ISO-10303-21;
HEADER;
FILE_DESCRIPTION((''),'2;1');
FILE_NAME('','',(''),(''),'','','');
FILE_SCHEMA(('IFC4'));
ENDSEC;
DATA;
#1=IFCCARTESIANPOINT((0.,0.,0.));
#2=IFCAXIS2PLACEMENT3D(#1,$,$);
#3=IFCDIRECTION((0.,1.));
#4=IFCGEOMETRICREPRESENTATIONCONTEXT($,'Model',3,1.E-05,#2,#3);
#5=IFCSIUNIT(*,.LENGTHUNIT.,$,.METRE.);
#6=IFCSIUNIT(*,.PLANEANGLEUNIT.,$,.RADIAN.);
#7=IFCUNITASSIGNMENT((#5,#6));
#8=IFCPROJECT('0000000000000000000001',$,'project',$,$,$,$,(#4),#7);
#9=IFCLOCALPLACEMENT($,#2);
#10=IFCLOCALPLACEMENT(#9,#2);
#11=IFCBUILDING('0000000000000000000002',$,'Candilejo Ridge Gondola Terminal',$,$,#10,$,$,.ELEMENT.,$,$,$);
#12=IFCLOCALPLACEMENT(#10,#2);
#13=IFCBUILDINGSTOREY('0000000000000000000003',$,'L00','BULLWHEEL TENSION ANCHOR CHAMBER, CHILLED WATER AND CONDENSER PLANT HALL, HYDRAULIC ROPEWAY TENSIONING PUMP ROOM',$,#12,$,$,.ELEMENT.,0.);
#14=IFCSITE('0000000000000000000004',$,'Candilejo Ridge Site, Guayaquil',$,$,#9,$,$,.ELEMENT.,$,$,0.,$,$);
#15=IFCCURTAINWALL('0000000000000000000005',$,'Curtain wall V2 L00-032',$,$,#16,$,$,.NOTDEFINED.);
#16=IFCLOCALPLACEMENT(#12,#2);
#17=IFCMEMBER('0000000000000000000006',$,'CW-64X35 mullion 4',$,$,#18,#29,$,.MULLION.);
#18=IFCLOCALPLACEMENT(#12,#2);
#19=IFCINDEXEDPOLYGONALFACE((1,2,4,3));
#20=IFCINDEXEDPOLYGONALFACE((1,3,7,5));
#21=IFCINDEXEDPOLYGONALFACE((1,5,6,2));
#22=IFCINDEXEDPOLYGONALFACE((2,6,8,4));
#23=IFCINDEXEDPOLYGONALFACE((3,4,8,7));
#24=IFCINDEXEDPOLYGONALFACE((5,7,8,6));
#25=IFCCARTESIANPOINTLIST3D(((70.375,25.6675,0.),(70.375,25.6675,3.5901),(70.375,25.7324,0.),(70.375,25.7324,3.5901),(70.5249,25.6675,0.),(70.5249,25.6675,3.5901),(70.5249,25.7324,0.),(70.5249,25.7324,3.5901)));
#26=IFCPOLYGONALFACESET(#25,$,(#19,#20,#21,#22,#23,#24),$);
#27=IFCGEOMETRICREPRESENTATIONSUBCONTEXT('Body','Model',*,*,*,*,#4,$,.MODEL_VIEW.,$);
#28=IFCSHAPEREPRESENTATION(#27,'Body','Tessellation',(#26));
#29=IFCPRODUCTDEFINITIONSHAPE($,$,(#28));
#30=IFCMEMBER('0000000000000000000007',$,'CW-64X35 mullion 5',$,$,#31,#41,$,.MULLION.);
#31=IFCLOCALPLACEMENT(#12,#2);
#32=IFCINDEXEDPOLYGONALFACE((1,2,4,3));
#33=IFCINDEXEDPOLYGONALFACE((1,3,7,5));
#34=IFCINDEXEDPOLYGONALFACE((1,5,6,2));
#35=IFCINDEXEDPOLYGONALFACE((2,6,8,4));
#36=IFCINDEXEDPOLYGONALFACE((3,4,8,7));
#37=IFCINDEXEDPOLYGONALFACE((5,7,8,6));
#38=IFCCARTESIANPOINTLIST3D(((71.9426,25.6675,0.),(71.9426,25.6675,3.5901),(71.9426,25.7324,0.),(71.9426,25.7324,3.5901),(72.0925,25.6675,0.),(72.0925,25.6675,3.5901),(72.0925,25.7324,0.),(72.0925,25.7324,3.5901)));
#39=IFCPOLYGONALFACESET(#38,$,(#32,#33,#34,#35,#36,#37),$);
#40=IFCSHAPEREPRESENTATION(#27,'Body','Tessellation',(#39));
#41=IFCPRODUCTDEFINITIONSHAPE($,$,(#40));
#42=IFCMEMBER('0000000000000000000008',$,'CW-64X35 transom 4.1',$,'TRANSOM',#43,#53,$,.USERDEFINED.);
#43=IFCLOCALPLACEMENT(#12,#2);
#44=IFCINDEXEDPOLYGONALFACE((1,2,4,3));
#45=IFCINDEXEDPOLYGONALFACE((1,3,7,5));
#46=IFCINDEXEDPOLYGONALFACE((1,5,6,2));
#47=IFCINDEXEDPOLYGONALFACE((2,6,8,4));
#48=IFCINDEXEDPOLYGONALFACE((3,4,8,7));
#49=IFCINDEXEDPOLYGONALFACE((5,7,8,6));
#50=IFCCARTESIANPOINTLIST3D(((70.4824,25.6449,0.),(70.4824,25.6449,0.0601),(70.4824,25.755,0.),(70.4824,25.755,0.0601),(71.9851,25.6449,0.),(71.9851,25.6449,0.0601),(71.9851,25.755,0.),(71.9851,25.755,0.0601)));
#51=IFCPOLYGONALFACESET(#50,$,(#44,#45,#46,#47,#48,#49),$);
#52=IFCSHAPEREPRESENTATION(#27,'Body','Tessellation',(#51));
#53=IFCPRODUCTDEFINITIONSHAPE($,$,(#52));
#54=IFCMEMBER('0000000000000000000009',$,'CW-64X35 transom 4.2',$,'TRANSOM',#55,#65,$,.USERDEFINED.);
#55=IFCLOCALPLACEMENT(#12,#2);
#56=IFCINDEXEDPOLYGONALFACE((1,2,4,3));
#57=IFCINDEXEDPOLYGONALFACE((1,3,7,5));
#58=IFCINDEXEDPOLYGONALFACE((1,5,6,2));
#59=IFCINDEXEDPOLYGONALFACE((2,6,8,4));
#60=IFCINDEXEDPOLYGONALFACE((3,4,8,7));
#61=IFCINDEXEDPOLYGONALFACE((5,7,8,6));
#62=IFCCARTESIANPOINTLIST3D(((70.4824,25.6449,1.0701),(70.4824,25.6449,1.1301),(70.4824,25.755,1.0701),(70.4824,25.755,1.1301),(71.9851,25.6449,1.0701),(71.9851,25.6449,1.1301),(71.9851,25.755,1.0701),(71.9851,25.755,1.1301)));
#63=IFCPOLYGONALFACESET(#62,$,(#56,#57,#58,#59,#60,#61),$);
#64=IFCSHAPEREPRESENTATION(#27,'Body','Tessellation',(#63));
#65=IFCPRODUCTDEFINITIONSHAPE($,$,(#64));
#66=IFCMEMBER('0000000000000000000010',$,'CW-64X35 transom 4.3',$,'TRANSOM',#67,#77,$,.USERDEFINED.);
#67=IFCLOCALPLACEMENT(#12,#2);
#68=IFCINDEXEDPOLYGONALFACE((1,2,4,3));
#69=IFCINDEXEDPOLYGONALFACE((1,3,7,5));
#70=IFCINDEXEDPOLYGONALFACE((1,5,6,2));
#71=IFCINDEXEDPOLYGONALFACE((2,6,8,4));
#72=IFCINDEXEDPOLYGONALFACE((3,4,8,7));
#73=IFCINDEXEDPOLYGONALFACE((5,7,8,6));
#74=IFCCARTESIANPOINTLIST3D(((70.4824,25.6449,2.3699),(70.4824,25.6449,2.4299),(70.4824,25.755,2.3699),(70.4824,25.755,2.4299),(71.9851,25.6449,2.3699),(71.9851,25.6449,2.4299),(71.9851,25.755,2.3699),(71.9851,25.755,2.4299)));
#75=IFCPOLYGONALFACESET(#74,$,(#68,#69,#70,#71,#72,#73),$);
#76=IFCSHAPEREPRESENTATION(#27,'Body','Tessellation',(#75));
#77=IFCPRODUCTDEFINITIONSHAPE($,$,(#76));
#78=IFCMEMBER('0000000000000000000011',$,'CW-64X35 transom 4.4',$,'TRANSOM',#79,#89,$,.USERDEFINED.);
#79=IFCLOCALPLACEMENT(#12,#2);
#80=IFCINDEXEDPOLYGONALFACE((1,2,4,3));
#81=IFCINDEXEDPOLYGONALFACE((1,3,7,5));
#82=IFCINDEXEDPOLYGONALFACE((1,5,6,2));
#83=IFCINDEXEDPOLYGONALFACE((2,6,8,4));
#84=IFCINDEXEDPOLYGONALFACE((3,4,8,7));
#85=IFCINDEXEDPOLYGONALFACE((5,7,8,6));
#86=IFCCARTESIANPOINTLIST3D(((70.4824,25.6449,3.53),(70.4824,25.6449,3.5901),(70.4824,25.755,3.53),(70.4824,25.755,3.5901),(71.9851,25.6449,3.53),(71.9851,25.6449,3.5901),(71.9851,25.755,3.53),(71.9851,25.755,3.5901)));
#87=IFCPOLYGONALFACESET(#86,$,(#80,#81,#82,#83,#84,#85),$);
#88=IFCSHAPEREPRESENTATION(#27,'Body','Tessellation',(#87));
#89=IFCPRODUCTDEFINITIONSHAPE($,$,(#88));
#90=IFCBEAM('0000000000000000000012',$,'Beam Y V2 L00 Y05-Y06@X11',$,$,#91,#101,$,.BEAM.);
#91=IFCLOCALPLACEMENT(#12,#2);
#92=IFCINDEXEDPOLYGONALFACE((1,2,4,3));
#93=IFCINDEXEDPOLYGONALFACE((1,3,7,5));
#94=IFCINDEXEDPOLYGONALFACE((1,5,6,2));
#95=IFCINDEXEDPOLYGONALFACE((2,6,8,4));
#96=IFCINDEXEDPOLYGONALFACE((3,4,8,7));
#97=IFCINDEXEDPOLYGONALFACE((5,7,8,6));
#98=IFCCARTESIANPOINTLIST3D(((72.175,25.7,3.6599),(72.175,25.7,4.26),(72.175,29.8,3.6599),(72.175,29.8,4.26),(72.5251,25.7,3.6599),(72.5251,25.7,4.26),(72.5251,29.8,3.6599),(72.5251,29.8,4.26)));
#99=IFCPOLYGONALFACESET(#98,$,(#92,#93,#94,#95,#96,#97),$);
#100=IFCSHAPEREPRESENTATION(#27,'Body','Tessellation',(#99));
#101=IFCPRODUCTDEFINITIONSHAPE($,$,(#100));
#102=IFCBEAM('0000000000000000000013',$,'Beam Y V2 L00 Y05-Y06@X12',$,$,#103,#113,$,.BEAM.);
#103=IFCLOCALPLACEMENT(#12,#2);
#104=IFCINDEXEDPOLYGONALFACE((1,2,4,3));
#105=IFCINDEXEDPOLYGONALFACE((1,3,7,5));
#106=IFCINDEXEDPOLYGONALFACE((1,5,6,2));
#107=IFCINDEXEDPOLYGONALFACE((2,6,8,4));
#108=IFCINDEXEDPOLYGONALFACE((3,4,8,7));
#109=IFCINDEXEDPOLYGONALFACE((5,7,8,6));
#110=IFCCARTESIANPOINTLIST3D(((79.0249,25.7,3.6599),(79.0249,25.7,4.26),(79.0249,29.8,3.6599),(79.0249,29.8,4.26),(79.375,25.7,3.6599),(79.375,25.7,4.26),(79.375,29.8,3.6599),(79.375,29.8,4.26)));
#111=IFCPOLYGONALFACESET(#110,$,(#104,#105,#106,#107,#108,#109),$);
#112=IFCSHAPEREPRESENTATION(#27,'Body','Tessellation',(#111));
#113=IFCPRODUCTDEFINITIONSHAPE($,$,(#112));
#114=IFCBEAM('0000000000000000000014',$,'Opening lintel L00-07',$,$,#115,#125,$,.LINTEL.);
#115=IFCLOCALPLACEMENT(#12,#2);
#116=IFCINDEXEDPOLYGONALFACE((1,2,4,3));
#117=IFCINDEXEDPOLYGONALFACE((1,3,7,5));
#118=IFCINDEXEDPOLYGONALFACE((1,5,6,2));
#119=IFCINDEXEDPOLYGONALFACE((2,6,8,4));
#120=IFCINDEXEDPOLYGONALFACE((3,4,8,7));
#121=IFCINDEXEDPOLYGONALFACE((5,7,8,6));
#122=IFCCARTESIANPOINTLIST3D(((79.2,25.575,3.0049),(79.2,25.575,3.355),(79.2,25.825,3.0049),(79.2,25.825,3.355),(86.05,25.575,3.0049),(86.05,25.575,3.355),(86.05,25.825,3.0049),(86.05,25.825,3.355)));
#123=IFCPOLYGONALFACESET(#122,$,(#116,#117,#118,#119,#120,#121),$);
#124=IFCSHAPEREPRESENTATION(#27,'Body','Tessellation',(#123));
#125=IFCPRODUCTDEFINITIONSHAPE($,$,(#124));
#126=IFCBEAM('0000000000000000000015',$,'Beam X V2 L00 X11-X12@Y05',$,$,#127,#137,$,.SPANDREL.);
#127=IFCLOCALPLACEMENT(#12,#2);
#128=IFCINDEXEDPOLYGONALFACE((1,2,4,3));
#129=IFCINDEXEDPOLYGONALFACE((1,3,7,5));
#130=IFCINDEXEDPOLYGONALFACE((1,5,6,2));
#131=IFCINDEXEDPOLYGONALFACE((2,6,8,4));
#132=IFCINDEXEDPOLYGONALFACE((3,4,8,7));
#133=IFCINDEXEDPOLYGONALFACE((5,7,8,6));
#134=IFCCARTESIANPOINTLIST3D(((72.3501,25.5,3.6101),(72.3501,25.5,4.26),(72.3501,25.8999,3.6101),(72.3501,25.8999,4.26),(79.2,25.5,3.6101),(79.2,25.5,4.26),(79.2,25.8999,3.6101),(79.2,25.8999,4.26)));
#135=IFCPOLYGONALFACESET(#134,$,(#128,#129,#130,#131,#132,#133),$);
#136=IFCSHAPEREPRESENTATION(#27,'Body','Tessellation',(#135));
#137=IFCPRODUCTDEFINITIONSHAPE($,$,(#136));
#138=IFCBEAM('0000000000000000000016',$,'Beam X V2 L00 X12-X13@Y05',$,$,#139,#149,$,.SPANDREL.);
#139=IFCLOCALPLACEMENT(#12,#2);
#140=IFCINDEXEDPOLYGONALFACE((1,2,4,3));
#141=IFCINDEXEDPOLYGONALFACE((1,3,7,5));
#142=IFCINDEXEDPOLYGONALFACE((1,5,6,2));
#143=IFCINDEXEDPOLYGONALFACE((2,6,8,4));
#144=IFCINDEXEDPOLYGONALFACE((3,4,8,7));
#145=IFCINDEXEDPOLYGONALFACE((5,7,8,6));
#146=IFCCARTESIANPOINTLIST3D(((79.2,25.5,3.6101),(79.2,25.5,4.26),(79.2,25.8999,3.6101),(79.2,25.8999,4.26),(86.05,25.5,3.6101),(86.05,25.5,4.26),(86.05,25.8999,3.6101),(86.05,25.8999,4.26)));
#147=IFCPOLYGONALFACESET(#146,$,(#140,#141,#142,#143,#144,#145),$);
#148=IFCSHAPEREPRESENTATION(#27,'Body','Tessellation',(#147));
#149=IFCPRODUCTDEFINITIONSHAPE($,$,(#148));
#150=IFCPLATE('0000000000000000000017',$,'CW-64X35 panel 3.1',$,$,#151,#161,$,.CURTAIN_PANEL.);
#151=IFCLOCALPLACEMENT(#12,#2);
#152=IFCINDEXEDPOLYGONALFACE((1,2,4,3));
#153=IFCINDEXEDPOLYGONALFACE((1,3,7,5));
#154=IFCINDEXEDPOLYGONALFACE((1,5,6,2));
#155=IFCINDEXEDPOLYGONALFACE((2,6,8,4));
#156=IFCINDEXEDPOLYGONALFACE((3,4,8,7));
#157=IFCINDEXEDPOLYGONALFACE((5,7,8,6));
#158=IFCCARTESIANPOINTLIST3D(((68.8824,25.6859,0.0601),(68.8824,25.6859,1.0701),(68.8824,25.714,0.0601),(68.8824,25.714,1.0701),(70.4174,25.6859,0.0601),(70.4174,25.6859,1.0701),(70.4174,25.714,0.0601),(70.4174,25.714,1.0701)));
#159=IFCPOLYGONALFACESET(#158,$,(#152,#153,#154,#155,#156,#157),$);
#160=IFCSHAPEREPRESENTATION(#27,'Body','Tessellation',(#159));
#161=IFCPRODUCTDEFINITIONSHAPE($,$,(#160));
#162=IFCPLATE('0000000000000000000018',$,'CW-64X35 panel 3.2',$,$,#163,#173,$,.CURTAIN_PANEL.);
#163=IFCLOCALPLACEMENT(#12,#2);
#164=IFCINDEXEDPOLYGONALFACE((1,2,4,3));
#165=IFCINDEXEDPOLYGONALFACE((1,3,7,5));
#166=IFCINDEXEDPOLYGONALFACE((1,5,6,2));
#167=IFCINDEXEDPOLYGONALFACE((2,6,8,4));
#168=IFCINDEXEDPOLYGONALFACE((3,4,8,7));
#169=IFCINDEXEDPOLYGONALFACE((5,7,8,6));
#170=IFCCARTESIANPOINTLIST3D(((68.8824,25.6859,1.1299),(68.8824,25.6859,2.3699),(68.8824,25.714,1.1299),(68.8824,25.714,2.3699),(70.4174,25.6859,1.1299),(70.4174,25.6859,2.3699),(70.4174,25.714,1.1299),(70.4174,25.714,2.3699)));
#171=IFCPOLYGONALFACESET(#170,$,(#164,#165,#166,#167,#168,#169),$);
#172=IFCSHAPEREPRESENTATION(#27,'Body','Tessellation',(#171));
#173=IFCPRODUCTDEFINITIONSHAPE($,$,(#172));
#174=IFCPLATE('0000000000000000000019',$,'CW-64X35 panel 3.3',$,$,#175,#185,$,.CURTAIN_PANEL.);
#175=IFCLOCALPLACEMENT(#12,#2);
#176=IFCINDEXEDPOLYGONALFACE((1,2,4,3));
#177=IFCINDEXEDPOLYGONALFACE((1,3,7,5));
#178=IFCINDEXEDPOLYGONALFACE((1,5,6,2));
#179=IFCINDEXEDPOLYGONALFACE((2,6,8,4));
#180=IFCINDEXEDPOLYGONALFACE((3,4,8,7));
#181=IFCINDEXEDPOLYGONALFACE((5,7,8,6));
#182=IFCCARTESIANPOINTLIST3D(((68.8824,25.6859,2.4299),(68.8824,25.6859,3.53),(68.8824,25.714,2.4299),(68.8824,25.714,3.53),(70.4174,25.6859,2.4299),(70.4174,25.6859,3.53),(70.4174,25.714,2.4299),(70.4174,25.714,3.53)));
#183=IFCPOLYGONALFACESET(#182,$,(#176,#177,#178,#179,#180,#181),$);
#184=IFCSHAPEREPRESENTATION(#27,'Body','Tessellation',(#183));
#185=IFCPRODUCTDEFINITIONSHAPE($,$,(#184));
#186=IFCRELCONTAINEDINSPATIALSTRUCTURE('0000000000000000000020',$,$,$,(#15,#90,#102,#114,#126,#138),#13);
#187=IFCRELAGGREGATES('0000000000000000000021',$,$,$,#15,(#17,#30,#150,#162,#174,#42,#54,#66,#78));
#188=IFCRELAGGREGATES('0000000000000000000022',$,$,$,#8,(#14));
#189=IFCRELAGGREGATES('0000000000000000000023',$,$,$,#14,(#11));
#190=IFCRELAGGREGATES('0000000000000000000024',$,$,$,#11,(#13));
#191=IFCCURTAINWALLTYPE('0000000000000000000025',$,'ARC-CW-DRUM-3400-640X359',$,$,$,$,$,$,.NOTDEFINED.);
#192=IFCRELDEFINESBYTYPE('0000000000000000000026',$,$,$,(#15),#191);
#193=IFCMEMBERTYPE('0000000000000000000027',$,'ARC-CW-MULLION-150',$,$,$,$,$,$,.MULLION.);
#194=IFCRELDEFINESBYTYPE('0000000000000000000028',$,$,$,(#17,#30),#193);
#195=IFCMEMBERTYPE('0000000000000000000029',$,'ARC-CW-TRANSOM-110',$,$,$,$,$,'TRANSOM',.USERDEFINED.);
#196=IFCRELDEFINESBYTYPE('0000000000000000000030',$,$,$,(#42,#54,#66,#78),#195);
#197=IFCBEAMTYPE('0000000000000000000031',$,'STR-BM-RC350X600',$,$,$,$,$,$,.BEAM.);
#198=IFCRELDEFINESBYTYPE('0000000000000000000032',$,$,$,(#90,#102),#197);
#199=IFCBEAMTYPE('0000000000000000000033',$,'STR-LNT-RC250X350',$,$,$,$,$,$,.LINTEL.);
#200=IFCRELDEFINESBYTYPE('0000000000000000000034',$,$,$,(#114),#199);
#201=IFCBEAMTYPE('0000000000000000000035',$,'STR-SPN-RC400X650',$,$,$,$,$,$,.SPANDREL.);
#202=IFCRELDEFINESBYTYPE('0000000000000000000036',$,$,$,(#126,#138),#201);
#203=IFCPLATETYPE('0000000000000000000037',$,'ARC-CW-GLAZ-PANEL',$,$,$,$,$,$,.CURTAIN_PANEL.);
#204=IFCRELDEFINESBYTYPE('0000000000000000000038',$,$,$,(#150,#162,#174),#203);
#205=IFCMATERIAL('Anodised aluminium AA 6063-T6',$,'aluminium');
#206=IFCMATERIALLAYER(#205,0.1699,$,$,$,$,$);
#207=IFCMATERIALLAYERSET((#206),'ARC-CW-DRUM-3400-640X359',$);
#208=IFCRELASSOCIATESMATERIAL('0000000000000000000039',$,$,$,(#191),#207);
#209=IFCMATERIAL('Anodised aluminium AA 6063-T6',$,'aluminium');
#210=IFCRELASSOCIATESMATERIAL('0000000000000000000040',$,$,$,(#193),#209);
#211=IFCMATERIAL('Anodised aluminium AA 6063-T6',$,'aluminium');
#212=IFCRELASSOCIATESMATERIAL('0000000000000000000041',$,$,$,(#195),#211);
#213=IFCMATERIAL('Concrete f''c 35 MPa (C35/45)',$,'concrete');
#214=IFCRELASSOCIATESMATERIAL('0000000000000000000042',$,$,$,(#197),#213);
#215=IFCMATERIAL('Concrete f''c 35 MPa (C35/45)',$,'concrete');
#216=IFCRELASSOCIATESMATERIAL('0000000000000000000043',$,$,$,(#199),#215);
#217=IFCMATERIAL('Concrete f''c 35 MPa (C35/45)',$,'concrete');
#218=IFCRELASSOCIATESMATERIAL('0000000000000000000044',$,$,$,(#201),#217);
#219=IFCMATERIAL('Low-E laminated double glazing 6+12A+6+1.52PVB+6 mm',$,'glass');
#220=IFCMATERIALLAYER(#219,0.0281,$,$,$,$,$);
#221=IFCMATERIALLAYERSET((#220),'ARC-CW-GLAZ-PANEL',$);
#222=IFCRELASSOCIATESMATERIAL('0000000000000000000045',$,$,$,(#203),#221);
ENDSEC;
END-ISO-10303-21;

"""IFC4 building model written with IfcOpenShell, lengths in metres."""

from ifc_helpers import new_model, si_unit, direction, frame, origin, origin_2d, place, context, subcontext, project, spatial, rectangle, extrude, material, layer, layer_set, material_profile, profile_set, type_object, element, aggregate, save


model = new_model("IFC4")

# Units and contexts
model_context = context("Model", 3, precision=1e-05, world=origin(), true_north=direction((0.0, 1.0)))
body_context = subcontext(model_context, "Body", "Model", "MODEL_VIEW")
ifc_project = project(units=[si_unit("LENGTHUNIT", "METRE"), si_unit("PLANEANGLEUNIT", "RADIAN")], contexts=[model_context])

# Site, building, storey
site_placement = place(None, origin())
site = spatial("IfcSite", under=ifc_project, at=site_placement, Name="Candilejo Ridge Site, Guayaquil", CompositionType="ELEMENT", RefElevation=0.0)
building_placement = place(site_placement, origin())
building = spatial("IfcBuilding", under=site, at=building_placement, Name="Candilejo Ridge Gondola Terminal", CompositionType="ELEMENT")
storey_placement = place(building_placement, origin())
storey = spatial("IfcBuildingStorey", under=building, at=storey_placement, Name="L00", Description="BULLWHEEL TENSION ANCHOR CHAMBER, CHILLED WATER AND CONDENSER PLANT HALL, HYDRAULIC ROPEWAY TENSIONING PUMP ROOM", CompositionType="ELEMENT", Elevation=0.0)

# Curtain wall, members
ifc_material_1 = material(Name="Anodised aluminium AA 6063-T6", Category="aluminium")
ifc_layer_1 = layer(ifc_material_1, 0.1699)
ifc_layer_set_1 = layer_set([ifc_layer_1], Name="ARC-CW-DRUM-3400-640X359")
curtain_wall_type = type_object("IfcCurtainWallType", Name="ARC-CW-DRUM-3400-640X359", PredefinedType="NOTDEFINED", material=ifc_layer_set_1)
curtain_wall_placement = place(storey_placement, origin())
curtain_wall = element("IfcCurtainWall", 1, at=curtain_wall_placement, inside=storey, type_object=curtain_wall_type, Name="Curtain wall V2 L00-032", PredefinedType="NOTDEFINED")
ifc_material_2 = material(Name="Anodised aluminium AA 6063-T6", Category="aluminium")
ifc_material_profile_1 = material_profile(ifc_material_2, rectangle(XDim=0.0649, YDim=0.1499, at=origin_2d()))
ifc_profile_set_1 = profile_set([ifc_material_profile_1], Name="Anodised aluminium AA 6063-T6")
member_type_1 = type_object("IfcMemberType", Name="ARC-CW-MULLION-150", PredefinedType="MULLION", material=ifc_profile_set_1)
member_1_placement = place(storey_placement, frame((70.45, 25.7, 0.0), z_axis=(0.0, 0.0, 1.0), x_axis=(0.0, 1.0, 0.0)))
member_1 = element("IfcMember", 2, at=member_1_placement, type_object=member_type_1, Name="CW-64X35 mullion 4", PredefinedType="MULLION", context=body_context, shape_type="SweptSolid", body=[
    extrude(rectangle(XDim=0.0649, YDim=0.1499, at=origin_2d()), origin(), (0.0, 0.0, 1.0), 3.5901),
])
member_2_placement = place(storey_placement, frame((72.0176, 25.7, 0.0), z_axis=(0.0, 0.0, 1.0), x_axis=(0.0, 1.0, 0.0)))
member_2 = element("IfcMember", 3, at=member_2_placement, type_object=member_type_1, Name="CW-64X35 mullion 5", PredefinedType="MULLION", context=body_context, shape_type="SweptSolid", body=[
    extrude(rectangle(XDim=0.0649, YDim=0.1499, at=origin_2d()), origin(), (0.0, 0.0, 1.0), 3.5901),
])
ifc_material_3 = material(Name="Anodised aluminium AA 6063-T6", Category="aluminium")
ifc_material_profile_2 = material_profile(ifc_material_3, rectangle(XDim=0.1101, YDim=0.0601, at=origin_2d()))
ifc_profile_set_2 = profile_set([ifc_material_profile_2], Name="Anodised aluminium AA 6063-T6")
member_type_2 = type_object("IfcMemberType", Name="ARC-CW-TRANSOM-110", ElementType="TRANSOM", PredefinedType="USERDEFINED", material=ifc_profile_set_2)
member_3_placement = place(storey_placement, frame((70.4824, 25.7, 0.03), z_axis=(1.0, 0.0, 0.0), x_axis=(0.0, 1.0, 0.0)))
member_3 = element("IfcMember", 4, at=member_3_placement, type_object=member_type_2, Name="CW-64X35 transom 4.1", ObjectType="TRANSOM", PredefinedType="USERDEFINED", context=body_context, shape_type="SweptSolid", body=[
    extrude(rectangle(XDim=0.1101, YDim=0.0601, at=origin_2d()), origin(), (0.0, 0.0, 1.0), 1.5027),
])
member_4_placement = place(storey_placement, frame((70.4824, 25.7, 1.1001), z_axis=(1.0, 0.0, 0.0), x_axis=(0.0, 1.0, 0.0)))
member_4 = element("IfcMember", 5, at=member_4_placement, type_object=member_type_2, Name="CW-64X35 transom 4.2", ObjectType="TRANSOM", PredefinedType="USERDEFINED", context=body_context, shape_type="SweptSolid", body=[
    extrude(rectangle(XDim=0.1101, YDim=0.0601, at=origin_2d()), origin(), (0.0, 0.0, 1.0), 1.5027),
])
member_5_placement = place(storey_placement, frame((70.4824, 25.7, 2.3999), z_axis=(1.0, 0.0, 0.0), x_axis=(0.0, 1.0, 0.0)))
member_5 = element("IfcMember", 6, at=member_5_placement, type_object=member_type_2, Name="CW-64X35 transom 4.3", ObjectType="TRANSOM", PredefinedType="USERDEFINED", context=body_context, shape_type="SweptSolid", body=[
    extrude(rectangle(XDim=0.1101, YDim=0.0601, at=origin_2d()), origin(), (0.0, 0.0, 1.0), 1.5027),
])
member_6_placement = place(storey_placement, frame((70.4824, 25.7, 3.5601), z_axis=(1.0, 0.0, 0.0), x_axis=(0.0, 1.0, 0.0)))
member_6 = element("IfcMember", 7, at=member_6_placement, type_object=member_type_2, Name="CW-64X35 transom 4.4", ObjectType="TRANSOM", PredefinedType="USERDEFINED", context=body_context, shape_type="SweptSolid", body=[
    extrude(rectangle(XDim=0.1101, YDim=0.0601, at=origin_2d()), origin(), (0.0, 0.0, 1.0), 1.5027),
])

# Beams
ifc_material_4 = material(Name="Concrete f'c 35 MPa (C35/45)", Category="concrete")
ifc_material_profile_3 = material_profile(ifc_material_4, rectangle(XDim=0.3501, YDim=0.6001, at=origin_2d()))
ifc_profile_set_3 = profile_set([ifc_material_profile_3], Name="Concrete f'c 35 MPa (C35/45)")
beam_type_1 = type_object("IfcBeamType", Name="STR-BM-RC350X600", PredefinedType="BEAM", material=ifc_profile_set_3)
for number, where, z_axis, x_axis, name in (
    (8, (72.3501, 25.7, 3.96), (0.0, 1.0, 0.0), (-1.0, 0.0, 0.0), "Beam Y V2 L00 Y05-Y06@X11"),
    (9, (79.2, 25.7, 3.96), (0.0, 1.0, 0.0), (-1.0, 0.0, 0.0), "Beam Y V2 L00 Y05-Y06@X12"),
):
    element("IfcBeam", number, at=place(storey_placement, frame(where, z_axis=z_axis, x_axis=x_axis)), inside=storey, type_object=beam_type_1, Name=name, PredefinedType="BEAM", context=body_context, shape_type="SweptSolid", body=[
        extrude(rectangle(XDim=0.3501, YDim=0.6001, at=origin_2d()), origin(), (0.0, 0.0, 1.0), 4.1001),
    ])
ifc_material_5 = material(Name="Concrete f'c 35 MPa (C35/45)", Category="concrete")
ifc_material_profile_4 = material_profile(ifc_material_5, rectangle(XDim=0.25, YDim=0.3501, at=origin_2d()))
ifc_profile_set_4 = profile_set([ifc_material_profile_4], Name="Concrete f'c 35 MPa (C35/45)")
beam_type_2 = type_object("IfcBeamType", Name="STR-LNT-RC250X350", PredefinedType="LINTEL", material=ifc_profile_set_4)
beam_1_placement = place(storey_placement, frame((79.2, 25.7, 3.1799), z_axis=(1.0, 0.0, 0.0), x_axis=(0.0, 1.0, 0.0)))
element("IfcBeam", 10, at=beam_1_placement, inside=storey, type_object=beam_type_2, Name="Opening lintel L00-07", PredefinedType="LINTEL", context=body_context, shape_type="SweptSolid", body=[
    extrude(rectangle(XDim=0.25, YDim=0.3501, at=origin_2d()), origin(), (0.0, 0.0, 1.0), 6.8501),
])
ifc_material_6 = material(Name="Concrete f'c 35 MPa (C35/45)", Category="concrete")
ifc_material_profile_5 = material_profile(ifc_material_6, rectangle(XDim=0.3999, YDim=0.6499, at=origin_2d()))
ifc_profile_set_5 = profile_set([ifc_material_profile_5], Name="Concrete f'c 35 MPa (C35/45)")
beam_type_3 = type_object("IfcBeamType", Name="STR-SPN-RC400X650", PredefinedType="SPANDREL", material=ifc_profile_set_5)
beam_2_placement = place(storey_placement, frame((72.3501, 25.7, 3.9351), z_axis=(1.0, 0.0, 0.0), x_axis=(0.0, 1.0, 0.0)))
element("IfcBeam", 11, at=beam_2_placement, inside=storey, type_object=beam_type_3, Name="Beam X V2 L00 X11-X12@Y05", PredefinedType="SPANDREL", context=body_context, shape_type="SweptSolid", body=[
    extrude(rectangle(XDim=0.3999, YDim=0.6499, at=origin_2d()), origin(), (0.0, 0.0, 1.0), 6.8499),
])
beam_3_placement = place(storey_placement, frame((79.2, 25.7, 3.9351), z_axis=(1.0, 0.0, 0.0), x_axis=(0.0, 1.0, 0.0)))
element("IfcBeam", 12, at=beam_3_placement, inside=storey, type_object=beam_type_3, Name="Beam X V2 L00 X12-X13@Y05", PredefinedType="SPANDREL", context=body_context, shape_type="SweptSolid", body=[
    extrude(rectangle(XDim=0.3999, YDim=0.6499, at=origin_2d()), origin(), (0.0, 0.0, 1.0), 6.8501),
])

# Plates
ifc_material_7 = material(Name="Low-E laminated double glazing 6+12A+6+1.52PVB+6 mm", Category="glass")
ifc_layer_2 = layer(ifc_material_7, 0.0281)
ifc_layer_set_2 = layer_set([ifc_layer_2], Name="ARC-CW-GLAZ-PANEL")
plate_type = type_object("IfcPlateType", Name="ARC-CW-GLAZ-PANEL", PredefinedType="CURTAIN_PANEL", material=ifc_layer_set_2)
plate_1_placement = place(storey_placement, frame((69.6499, 25.7, 0.0601), z_axis=(0.0, 0.0, 1.0), x_axis=(1.0, 0.0, 0.0)))
plate_1 = element("IfcPlate", 13, at=plate_1_placement, type_object=plate_type, Name="CW-64X35 panel 3.1", PredefinedType="CURTAIN_PANEL", context=body_context, shape_type="SweptSolid", body=[
    extrude(rectangle(XDim=1.5349, YDim=0.0281, at=origin_2d()), origin(), (0.0, 0.0, 1.0), 1.01),
])
plate_2_placement = place(storey_placement, frame((69.6499, 25.7, 1.1299), z_axis=(0.0, 0.0, 1.0), x_axis=(1.0, 0.0, 0.0)))
plate_2 = element("IfcPlate", 14, at=plate_2_placement, type_object=plate_type, Name="CW-64X35 panel 3.2", PredefinedType="CURTAIN_PANEL", context=body_context, shape_type="SweptSolid", body=[
    extrude(rectangle(XDim=1.5349, YDim=0.0281, at=origin_2d()), origin(), (0.0, 0.0, 1.0), 1.24),
])
plate_3_placement = place(storey_placement, frame((69.6499, 25.7, 2.4299), z_axis=(0.0, 0.0, 1.0), x_axis=(1.0, 0.0, 0.0)))
plate_3 = element("IfcPlate", 15, at=plate_3_placement, type_object=plate_type, Name="CW-64X35 panel 3.3", PredefinedType="CURTAIN_PANEL", context=body_context, shape_type="SweptSolid", body=[
    extrude(rectangle(XDim=1.5349, YDim=0.0281, at=origin_2d()), origin(), (0.0, 0.0, 1.0), 1.1001),
])
aggregate(curtain_wall, [member_1, member_2, plate_1, plate_2, plate_3, member_3, member_4, member_5, member_6])

save(model, "model.ifc")
